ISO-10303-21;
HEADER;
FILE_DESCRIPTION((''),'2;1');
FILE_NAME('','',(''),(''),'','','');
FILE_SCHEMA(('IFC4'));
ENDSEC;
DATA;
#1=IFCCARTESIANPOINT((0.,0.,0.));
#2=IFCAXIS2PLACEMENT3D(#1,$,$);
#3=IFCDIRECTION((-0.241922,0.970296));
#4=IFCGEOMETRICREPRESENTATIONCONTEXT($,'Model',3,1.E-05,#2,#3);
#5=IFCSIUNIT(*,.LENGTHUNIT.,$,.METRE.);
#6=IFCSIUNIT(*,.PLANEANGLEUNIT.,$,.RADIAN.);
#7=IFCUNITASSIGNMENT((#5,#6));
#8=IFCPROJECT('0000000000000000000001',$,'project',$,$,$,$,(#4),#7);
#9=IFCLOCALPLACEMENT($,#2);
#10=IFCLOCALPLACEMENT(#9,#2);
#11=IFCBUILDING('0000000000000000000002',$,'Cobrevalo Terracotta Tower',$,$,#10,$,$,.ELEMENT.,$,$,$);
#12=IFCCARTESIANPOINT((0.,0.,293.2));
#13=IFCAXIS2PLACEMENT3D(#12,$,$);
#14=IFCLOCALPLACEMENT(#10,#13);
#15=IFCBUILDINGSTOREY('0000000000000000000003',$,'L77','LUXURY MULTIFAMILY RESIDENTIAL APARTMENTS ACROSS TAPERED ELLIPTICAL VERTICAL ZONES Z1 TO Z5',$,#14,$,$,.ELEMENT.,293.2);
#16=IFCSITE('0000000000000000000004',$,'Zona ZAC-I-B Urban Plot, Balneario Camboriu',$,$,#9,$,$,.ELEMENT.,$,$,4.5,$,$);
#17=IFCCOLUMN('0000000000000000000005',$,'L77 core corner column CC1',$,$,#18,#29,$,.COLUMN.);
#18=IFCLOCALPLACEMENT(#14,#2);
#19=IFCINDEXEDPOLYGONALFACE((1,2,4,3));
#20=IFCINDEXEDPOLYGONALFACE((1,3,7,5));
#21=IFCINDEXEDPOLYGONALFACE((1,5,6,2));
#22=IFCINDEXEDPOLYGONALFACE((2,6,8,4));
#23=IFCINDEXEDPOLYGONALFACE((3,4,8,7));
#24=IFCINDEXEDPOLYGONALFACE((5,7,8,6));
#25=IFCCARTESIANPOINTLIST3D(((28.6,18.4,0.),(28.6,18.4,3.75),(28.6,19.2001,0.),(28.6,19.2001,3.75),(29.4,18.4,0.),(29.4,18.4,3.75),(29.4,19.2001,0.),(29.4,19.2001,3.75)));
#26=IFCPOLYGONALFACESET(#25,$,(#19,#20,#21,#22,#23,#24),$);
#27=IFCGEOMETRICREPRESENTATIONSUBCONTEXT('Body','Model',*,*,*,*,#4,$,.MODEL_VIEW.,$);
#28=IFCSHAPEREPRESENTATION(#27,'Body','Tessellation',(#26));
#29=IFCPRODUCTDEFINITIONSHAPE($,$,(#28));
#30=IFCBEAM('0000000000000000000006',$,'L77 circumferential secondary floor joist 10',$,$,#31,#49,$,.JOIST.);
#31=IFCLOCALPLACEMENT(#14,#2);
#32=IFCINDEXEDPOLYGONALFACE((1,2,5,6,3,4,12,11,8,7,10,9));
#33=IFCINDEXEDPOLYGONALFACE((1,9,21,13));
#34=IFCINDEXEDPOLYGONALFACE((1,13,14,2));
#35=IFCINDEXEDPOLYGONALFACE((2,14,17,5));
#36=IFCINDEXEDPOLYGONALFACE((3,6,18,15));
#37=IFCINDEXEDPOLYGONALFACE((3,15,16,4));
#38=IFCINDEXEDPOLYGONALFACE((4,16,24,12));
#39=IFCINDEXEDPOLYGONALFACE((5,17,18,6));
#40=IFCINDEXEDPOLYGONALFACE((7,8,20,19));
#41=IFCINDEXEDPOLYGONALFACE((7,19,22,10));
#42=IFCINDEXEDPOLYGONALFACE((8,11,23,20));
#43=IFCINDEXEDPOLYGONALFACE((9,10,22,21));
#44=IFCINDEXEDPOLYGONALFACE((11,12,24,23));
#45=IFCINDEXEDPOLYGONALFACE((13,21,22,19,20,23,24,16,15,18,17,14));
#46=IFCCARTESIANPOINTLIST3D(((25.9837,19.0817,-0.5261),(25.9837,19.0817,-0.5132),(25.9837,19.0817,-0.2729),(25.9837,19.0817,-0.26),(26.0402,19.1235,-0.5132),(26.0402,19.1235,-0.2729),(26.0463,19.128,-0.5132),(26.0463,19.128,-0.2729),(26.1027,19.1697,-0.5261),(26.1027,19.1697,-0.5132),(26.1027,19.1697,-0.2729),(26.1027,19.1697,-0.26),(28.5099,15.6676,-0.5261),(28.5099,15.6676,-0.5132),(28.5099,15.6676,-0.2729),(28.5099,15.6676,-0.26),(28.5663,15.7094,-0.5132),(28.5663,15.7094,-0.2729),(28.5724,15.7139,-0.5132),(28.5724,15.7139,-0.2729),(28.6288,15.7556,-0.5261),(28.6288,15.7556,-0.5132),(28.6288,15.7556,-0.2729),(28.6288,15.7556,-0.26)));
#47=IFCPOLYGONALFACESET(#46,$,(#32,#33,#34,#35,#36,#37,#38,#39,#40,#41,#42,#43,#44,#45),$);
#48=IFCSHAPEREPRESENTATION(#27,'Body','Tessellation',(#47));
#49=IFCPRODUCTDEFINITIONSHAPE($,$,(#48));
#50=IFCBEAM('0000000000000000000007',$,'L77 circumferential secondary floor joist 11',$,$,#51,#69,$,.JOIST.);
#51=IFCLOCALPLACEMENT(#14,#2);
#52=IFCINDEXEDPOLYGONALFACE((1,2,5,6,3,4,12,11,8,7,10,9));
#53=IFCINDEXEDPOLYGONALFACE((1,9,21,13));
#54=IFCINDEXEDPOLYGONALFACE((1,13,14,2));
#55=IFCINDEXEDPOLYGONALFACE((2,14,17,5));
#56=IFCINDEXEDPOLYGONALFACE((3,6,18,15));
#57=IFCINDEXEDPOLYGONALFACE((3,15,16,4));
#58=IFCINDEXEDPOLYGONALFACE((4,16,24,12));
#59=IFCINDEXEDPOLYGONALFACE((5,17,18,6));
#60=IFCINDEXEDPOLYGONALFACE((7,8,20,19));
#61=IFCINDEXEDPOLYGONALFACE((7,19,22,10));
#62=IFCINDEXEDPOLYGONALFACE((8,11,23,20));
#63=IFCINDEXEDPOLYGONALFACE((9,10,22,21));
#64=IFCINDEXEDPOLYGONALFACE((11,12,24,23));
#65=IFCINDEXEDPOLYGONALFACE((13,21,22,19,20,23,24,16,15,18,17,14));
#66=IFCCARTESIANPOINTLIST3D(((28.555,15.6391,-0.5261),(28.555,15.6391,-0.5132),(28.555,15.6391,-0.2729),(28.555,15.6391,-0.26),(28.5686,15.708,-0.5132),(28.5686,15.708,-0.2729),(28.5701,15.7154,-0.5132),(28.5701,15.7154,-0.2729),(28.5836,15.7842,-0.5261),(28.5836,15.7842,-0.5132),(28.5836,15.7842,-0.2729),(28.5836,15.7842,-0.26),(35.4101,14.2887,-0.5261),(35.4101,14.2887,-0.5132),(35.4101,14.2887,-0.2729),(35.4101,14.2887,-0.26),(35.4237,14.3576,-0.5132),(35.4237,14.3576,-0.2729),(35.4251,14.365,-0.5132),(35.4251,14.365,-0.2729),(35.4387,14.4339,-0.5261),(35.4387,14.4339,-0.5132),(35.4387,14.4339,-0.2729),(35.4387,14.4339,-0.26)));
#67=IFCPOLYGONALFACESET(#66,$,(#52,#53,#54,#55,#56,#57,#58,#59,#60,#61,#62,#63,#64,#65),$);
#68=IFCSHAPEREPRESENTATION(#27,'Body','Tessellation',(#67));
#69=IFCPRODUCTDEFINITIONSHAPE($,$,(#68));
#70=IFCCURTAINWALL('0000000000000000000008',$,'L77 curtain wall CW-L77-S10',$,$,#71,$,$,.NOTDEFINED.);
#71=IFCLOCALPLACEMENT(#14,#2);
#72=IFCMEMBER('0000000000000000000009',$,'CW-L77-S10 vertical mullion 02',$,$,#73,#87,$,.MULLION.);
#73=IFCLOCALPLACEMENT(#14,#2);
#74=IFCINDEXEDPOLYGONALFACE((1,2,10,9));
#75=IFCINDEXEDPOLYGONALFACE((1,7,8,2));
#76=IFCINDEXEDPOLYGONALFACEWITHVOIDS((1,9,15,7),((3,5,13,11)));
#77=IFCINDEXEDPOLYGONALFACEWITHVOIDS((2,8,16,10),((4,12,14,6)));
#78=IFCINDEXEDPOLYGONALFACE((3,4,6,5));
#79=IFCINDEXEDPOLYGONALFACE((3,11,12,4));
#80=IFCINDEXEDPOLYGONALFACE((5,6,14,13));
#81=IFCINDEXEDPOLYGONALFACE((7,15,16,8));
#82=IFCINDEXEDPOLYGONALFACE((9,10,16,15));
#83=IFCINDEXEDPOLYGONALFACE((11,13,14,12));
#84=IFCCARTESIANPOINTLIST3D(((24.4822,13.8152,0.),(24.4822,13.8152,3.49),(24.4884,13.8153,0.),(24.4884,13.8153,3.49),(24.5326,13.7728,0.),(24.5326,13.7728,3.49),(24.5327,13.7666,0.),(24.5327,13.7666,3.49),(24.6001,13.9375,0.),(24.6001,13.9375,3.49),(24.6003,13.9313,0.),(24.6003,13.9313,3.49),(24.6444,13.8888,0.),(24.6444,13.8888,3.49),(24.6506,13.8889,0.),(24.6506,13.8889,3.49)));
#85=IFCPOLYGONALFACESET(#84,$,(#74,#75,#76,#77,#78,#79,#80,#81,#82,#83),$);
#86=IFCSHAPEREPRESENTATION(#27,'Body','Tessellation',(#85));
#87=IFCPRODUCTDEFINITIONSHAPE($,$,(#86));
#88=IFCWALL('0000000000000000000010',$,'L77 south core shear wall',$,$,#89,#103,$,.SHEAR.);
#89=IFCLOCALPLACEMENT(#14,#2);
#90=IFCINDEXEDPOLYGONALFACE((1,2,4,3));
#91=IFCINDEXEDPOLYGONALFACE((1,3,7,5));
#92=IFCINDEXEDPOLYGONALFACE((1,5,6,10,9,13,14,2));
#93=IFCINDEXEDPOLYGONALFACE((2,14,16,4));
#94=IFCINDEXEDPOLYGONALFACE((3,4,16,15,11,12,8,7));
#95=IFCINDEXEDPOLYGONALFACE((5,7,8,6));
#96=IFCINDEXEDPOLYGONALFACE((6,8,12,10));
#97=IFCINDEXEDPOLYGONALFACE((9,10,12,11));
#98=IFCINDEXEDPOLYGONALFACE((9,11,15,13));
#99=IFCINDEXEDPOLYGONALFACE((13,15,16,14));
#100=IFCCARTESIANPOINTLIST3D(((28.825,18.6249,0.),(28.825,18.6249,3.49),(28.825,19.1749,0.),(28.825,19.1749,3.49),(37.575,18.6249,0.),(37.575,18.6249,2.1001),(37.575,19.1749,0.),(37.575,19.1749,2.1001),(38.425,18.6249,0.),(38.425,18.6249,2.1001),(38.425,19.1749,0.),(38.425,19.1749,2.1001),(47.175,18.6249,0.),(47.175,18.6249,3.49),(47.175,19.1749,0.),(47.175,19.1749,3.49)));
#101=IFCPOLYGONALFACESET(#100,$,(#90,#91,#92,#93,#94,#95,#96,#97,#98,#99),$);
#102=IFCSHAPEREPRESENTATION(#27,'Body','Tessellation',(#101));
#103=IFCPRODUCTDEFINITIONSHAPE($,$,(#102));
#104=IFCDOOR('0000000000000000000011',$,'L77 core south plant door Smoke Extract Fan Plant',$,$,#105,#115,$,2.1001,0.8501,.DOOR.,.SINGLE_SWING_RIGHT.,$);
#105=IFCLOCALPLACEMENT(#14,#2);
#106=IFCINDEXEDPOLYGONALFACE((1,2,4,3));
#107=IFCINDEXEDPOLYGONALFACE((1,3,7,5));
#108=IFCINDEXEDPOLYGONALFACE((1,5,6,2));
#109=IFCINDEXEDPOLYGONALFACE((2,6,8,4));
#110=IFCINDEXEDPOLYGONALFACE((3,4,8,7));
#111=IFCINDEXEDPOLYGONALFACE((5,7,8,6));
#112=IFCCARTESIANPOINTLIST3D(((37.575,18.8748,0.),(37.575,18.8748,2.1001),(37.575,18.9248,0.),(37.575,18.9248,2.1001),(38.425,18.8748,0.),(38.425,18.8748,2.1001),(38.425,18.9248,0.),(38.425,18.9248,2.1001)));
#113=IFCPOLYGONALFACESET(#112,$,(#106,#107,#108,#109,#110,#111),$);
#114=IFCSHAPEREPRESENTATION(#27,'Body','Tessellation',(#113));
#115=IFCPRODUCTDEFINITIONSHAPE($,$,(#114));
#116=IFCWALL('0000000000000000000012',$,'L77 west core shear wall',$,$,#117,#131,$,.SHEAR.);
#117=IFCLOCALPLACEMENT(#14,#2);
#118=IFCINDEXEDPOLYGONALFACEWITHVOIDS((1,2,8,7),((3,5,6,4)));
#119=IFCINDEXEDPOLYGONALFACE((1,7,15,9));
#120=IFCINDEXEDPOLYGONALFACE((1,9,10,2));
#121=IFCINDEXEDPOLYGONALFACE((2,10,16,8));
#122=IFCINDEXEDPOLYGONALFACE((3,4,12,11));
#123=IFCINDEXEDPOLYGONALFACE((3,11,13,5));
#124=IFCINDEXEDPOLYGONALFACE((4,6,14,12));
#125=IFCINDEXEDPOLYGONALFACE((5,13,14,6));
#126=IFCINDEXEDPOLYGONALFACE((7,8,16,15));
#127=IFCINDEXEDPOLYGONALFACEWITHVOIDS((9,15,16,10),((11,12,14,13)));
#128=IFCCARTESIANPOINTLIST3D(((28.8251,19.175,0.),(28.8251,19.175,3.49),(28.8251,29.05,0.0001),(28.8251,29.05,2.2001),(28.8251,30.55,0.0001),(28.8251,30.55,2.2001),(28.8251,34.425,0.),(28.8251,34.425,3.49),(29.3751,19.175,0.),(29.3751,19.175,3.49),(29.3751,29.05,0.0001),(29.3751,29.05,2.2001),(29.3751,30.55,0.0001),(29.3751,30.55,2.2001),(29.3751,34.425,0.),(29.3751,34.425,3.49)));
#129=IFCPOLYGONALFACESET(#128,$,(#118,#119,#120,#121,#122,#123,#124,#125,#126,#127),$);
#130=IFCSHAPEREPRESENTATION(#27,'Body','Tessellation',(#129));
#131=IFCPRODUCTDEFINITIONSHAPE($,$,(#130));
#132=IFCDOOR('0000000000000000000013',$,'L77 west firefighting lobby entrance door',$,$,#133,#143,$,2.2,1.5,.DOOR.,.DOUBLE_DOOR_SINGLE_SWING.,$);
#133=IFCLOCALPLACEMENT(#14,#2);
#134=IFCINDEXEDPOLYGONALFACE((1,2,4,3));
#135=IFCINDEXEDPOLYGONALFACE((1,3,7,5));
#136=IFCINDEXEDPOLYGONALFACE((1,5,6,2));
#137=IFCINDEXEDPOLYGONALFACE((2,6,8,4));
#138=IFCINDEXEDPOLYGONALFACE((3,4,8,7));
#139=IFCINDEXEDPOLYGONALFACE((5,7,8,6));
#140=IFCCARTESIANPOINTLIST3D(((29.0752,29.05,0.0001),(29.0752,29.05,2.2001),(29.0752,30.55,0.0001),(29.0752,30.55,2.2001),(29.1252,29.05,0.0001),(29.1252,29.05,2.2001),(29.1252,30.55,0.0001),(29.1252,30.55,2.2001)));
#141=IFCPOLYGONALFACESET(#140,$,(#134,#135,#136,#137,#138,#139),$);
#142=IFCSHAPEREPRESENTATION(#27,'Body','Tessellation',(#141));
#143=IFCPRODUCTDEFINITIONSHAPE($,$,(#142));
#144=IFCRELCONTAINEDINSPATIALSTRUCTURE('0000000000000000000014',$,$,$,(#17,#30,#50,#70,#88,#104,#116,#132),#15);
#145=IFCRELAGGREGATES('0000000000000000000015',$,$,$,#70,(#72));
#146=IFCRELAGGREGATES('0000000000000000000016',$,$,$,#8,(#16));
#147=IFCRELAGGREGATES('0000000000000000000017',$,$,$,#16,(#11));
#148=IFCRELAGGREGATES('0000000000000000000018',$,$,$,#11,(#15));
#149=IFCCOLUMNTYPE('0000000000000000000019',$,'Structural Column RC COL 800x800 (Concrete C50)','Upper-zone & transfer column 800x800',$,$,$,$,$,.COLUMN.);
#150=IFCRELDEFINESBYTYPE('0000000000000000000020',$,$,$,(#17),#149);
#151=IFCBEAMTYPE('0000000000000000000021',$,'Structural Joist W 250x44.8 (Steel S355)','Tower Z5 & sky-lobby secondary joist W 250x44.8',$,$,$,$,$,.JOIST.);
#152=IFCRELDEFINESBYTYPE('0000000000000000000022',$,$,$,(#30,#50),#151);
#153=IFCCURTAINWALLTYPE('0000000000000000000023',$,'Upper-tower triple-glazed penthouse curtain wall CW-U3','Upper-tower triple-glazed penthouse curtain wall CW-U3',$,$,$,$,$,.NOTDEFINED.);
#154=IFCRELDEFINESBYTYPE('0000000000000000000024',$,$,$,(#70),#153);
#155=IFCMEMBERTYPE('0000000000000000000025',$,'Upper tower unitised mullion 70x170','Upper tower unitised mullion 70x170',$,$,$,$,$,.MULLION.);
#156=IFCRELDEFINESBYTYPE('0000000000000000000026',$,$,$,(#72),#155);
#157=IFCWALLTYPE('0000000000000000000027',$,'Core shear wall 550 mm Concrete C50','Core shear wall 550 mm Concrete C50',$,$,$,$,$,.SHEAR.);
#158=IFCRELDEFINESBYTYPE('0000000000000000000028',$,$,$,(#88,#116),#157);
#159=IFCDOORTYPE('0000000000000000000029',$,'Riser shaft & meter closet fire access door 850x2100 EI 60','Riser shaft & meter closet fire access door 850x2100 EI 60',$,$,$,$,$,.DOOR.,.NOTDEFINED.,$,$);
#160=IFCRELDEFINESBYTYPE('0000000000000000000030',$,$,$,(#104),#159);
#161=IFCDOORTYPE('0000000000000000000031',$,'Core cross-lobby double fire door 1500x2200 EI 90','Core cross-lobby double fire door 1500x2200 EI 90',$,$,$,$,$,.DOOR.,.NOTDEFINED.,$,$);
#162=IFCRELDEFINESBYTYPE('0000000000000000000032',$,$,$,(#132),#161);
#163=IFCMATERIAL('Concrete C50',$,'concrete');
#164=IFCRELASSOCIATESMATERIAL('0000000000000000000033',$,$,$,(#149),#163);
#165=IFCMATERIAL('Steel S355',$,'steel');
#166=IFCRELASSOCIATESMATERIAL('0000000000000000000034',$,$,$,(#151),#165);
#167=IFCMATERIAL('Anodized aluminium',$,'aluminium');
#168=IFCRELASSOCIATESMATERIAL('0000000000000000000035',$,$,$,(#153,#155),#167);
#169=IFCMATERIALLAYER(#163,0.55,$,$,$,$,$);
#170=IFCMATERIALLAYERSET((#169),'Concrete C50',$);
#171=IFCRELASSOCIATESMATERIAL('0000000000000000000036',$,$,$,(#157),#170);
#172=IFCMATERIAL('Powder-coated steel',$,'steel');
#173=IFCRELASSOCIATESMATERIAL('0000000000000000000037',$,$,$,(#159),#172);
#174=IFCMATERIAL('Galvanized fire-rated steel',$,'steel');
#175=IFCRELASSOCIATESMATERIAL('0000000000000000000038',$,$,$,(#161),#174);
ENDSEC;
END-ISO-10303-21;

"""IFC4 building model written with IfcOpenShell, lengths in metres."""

from ifc_helpers import new_model, si_unit, direction, frame, frame_2d, origin, origin_2d, place, context, subcontext, project, spatial, rectangle, hollow_rectangle, i_section, extrude, source, transform, mapped, material, layer, layer_set, material_profile, profile_set, type_object, element, fill, aggregate, save


model = new_model("IFC4")

# Units and contexts
model_context = context("Model", 3, precision=1e-05, world=origin(), true_north=direction((-0.241922, 0.970296)))
body_context = subcontext(model_context, "Body", "Model", "MODEL_VIEW")
ifc_project = project(units=[si_unit("LENGTHUNIT", "METRE"), si_unit("PLANEANGLEUNIT", "RADIAN")], contexts=[model_context])

# Site, building, storey
site_placement = place(None, origin())
site = spatial("IfcSite", under=ifc_project, at=site_placement, Name="Zona ZAC-I-B Urban Plot, Balneario Camboriu", CompositionType="ELEMENT", RefElevation=4.5)
building_placement = place(site_placement, origin())
building = spatial("IfcBuilding", under=site, at=building_placement, Name="Cobrevalo Terracotta Tower", CompositionType="ELEMENT")
storey_placement = place(building_placement, frame((0.0, 0.0, 293.2)))
storey = spatial("IfcBuildingStorey", under=building, at=storey_placement, Name="L77", Description="LUXURY MULTIFAMILY RESIDENTIAL APARTMENTS ACROSS TAPERED ELLIPTICAL VERTICAL ZONES Z1 TO Z5", CompositionType="ELEMENT", Elevation=293.2)

# Column
ifc_material_1 = material(Name="Concrete C50", Category="concrete")
ifc_material_profile_1 = material_profile(ifc_material_1, rectangle(XDim=0.8, YDim=0.8, at=origin_2d()), Name="RC COL 800x800")
ifc_profile_set_1 = profile_set([ifc_material_profile_1], Name="Concrete C50")
column_type = type_object("IfcColumnType", Name="Structural Column RC COL 800x800 (Concrete C50)", Description="Upper-zone & transfer column 800x800", PredefinedType="COLUMN", material=ifc_profile_set_1)
column_placement = place(storey_placement, frame((29.0, 18.8, 0.0), z_axis=(0.0, 0.0, 1.0), x_axis=(1.0, 0.0, 0.0)))
element("IfcColumn", 1, at=column_placement, inside=storey, type_object=column_type, Name="L77 core corner column CC1", PredefinedType="COLUMN", context=body_context, shape_type="SweptSolid", body=[
    extrude(rectangle(XDim=0.8, YDim=0.8, at=origin_2d()), origin(), (0.0, 0.0, 1.0), 3.75),
])

# Beams
ifc_material_2 = material(Name="Steel S355", Category="steel")
ifc_material_profile_2 = material_profile(ifc_material_2, i_section(OverallWidth=0.1479, OverallDepth=0.2661, WebThickness=0.0076, FlangeThickness=0.0129, at=origin_2d()), Name="W 250x44.8")
ifc_profile_set_2 = profile_set([ifc_material_profile_2], Name="Steel S355")
beam_type = type_object("IfcBeamType", Name="Structural Joist W 250x44.8 (Steel S355)", Description="Tower Z5 & sky-lobby secondary joist W 250x44.8", PredefinedType="JOIST", material=ifc_profile_set_2)
beam_1_placement = place(storey_placement, frame((26.0432, 19.1257, -0.3931), z_axis=(0.5948, -0.803874, 0.0), x_axis=(0.803874, 0.5948, 0.0)))
element("IfcBeam", 2, at=beam_1_placement, inside=storey, type_object=beam_type, Name="L77 circumferential secondary floor joist 10", PredefinedType="JOIST", context=body_context, shape_type="SweptSolid", body=[
    extrude(i_section(OverallWidth=0.1479, OverallDepth=0.2661, WebThickness=0.0076, FlangeThickness=0.0129, at=origin_2d()), origin(), (0.0, 0.0, 1.0), 4.2471),
])
beam_2_placement = place(storey_placement, frame((28.5693, 15.7117, -0.3931), z_axis=(0.981145, -0.193273, 0.0), x_axis=(0.193273, 0.981145, 0.0)))
element("IfcBeam", 3, at=beam_2_placement, inside=storey, type_object=beam_type, Name="L77 circumferential secondary floor joist 11", PredefinedType="JOIST", context=body_context, shape_type="SweptSolid", body=[
    extrude(i_section(OverallWidth=0.1479, OverallDepth=0.2661, WebThickness=0.0076, FlangeThickness=0.0129, at=origin_2d()), origin(), (0.0, 0.0, 1.0), 6.9868),
])

# Curtain wall, member
ifc_material_3 = material(Name="Anodized aluminium", Category="aluminium")
curtain_wall_type = type_object("IfcCurtainWallType", Name="Upper-tower triple-glazed penthouse curtain wall CW-U3", Description="Upper-tower triple-glazed penthouse curtain wall CW-U3", PredefinedType="NOTDEFINED", material=ifc_material_3)
curtain_wall_placement = place(storey_placement, origin())
curtain_wall = element("IfcCurtainWall", 4, at=curtain_wall_placement, inside=storey, type_object=curtain_wall_type, Name="L77 curtain wall CW-L77-S10", PredefinedType="NOTDEFINED")
ifc_material_profile_3 = material_profile(ifc_material_3, hollow_rectangle(XDim=0.0701, YDim=0.1699, WallThickness=0.0044, at=origin_2d()), Name="CWM 70x170")
ifc_profile_set_3 = profile_set([ifc_material_profile_3], Name="Anodized aluminium")
member_type = type_object("IfcMemberType", Name="Upper tower unitised mullion 70x170", Description="Upper tower unitised mullion 70x170", PredefinedType="MULLION", material=ifc_profile_set_3)
shared_shape_1 = source(origin(), body_context, "Body", "SweptSolid", [
    extrude(hollow_rectangle(XDim=0.0701, YDim=0.1699, WallThickness=0.0044, at=origin_2d()), origin(), (0.0, 0.0, 1.0), 3.49),
])
member_placement = place(storey_placement, frame((24.5664, 13.8521, 0.0), z_axis=(0.0, 0.0, 1.0), x_axis=(0.719994, -0.69398, 0.0)))
member = element("IfcMember", 5, at=member_placement, type_object=member_type, Name="CW-L77-S10 vertical mullion 02", PredefinedType="MULLION", context=body_context, shape_type="MappedRepresentation", body=[
    mapped(shared_shape_1, transform((0.0, 0.0, 0.0), scale=1.0)),
])
aggregate(curtain_wall, [member])

# Walls, openings, doors
ifc_layer_1 = layer(ifc_material_1, 0.55)
ifc_layer_set_1 = layer_set([ifc_layer_1], Name="Concrete C50")
wall_type_1 = type_object("IfcWallType", Name="Core shear wall 550 mm Concrete C50", Description="Core shear wall 550 mm Concrete C50", PredefinedType="SHEAR", material=ifc_layer_set_1)
wall_1_placement = place(storey_placement, frame((28.825, 18.8999, 0.0), z_axis=(0.0, 0.0, 1.0), x_axis=(1.0, 0.0, 0.0)))
wall_1 = element("IfcWall", 6, at=wall_1_placement, inside=storey, type_object=wall_type_1, Name="L77 south core shear wall", PredefinedType="SHEAR", context=body_context, shape_type="SweptSolid", body=[
    extrude(rectangle(XDim=18.3501, YDim=0.55, at=frame_2d((9.175, 0.0))), origin(), (0.0, 0.0, 1.0), 3.49),
])
opening_1_placement = place(wall_1_placement, frame((8.75, 0.0, 0.0)))
opening_1 = element("IfcOpeningElement", 7, at=opening_1_placement, cuts=wall_1, PredefinedType="OPENING", context=body_context, shape_type="SweptSolid", body=[
    extrude(rectangle(XDim=0.8501, YDim=2.1001, at=frame_2d((0.425, 1.05))), frame((0.0, 0.2852, 0.0), z_axis=(0.0, -1.0, 0.0), x_axis=(1.0, 0.0, 0.0)), (0.0, 0.0, 1.0), 0.5701),
])
ifc_material_4 = material(Name="Powder-coated steel", Category="steel")
door_type_1 = type_object("IfcDoorType", Name="Riser shaft & meter closet fire access door 850x2100 EI 60", Description="Riser shaft & meter closet fire access door 850x2100 EI 60", OperationType="NOTDEFINED", PredefinedType="DOOR", material=ifc_material_4)
shared_shape_2 = source(origin(), body_context, "Body", "SweptSolid", [
    extrude(rectangle(XDim=0.8501, YDim=2.1001, at=frame_2d((0.425, 1.05))), frame((0.0, 0.0249, 0.0), z_axis=(0.0, -1.0, 0.0), x_axis=(1.0, 0.0, 0.0)), (0.0, 0.0, 1.0), 0.05),
])
door_1_placement = place(opening_1_placement, origin())
door_1 = element("IfcDoor", 8, at=door_1_placement, inside=storey, type_object=door_type_1, Name="L77 core south plant door Smoke Extract Fan Plant", OperationType="SINGLE_SWING_RIGHT", OverallHeight=2.1001, OverallWidth=0.8501, PredefinedType="DOOR", context=body_context, shape_type="MappedRepresentation", body=[
    mapped(shared_shape_2, transform((0.0, 0.0, 0.0), scale=1.0)),
])
fill(opening_1, door_1)
wall_2_placement = place(storey_placement, frame((29.1001, 19.175, 0.0), z_axis=(0.0, 0.0, 1.0), x_axis=(0.0, 1.0, 0.0)))
wall_2 = element("IfcWall", 9, at=wall_2_placement, inside=storey, type_object=wall_type_1, Name="L77 west core shear wall", PredefinedType="SHEAR", context=body_context, shape_type="SweptSolid", body=[
    extrude(rectangle(XDim=15.25, YDim=0.55, at=frame_2d((7.625, 0.0))), origin(), (0.0, 0.0, 1.0), 3.49),
])
opening_2_placement = place(wall_2_placement, frame((9.875, 0.0, 0.0)))
opening_2 = element("IfcOpeningElement", 10, at=opening_2_placement, cuts=wall_2, PredefinedType="OPENING", context=body_context, shape_type="SweptSolid", body=[
    extrude(rectangle(XDim=1.5, YDim=2.2, at=frame_2d((0.75, 1.1001))), frame((0.0, 0.2852, 0.0), z_axis=(0.0, -1.0, 0.0), x_axis=(1.0, 0.0, 0.0)), (0.0, 0.0, 1.0), 0.5701),
])
ifc_material_5 = material(Name="Galvanized fire-rated steel", Category="steel")
door_type_2 = type_object("IfcDoorType", Name="Core cross-lobby double fire door 1500x2200 EI 90", Description="Core cross-lobby double fire door 1500x2200 EI 90", OperationType="NOTDEFINED", PredefinedType="DOOR", material=ifc_material_5)
shared_shape_3 = source(origin(), body_context, "Body", "SweptSolid", [
    extrude(rectangle(XDim=1.5, YDim=2.2, at=frame_2d((0.75, 1.1001))), frame((0.0, 0.0249, 0.0), z_axis=(0.0, -1.0, 0.0), x_axis=(1.0, 0.0, 0.0)), (0.0, 0.0, 1.0), 0.05),
])
door_2_placement = place(opening_2_placement, origin())
door_2 = element("IfcDoor", 11, at=door_2_placement, inside=storey, type_object=door_type_2, Name="L77 west firefighting lobby entrance door", OperationType="DOUBLE_DOOR_SINGLE_SWING", OverallHeight=2.2, OverallWidth=1.5, PredefinedType="DOOR", context=body_context, shape_type="MappedRepresentation", body=[
    mapped(shared_shape_3, transform((0.0, 0.0, 0.0), scale=1.0)),
])
fill(opening_2, door_2)

save(model, "model.ifc")
